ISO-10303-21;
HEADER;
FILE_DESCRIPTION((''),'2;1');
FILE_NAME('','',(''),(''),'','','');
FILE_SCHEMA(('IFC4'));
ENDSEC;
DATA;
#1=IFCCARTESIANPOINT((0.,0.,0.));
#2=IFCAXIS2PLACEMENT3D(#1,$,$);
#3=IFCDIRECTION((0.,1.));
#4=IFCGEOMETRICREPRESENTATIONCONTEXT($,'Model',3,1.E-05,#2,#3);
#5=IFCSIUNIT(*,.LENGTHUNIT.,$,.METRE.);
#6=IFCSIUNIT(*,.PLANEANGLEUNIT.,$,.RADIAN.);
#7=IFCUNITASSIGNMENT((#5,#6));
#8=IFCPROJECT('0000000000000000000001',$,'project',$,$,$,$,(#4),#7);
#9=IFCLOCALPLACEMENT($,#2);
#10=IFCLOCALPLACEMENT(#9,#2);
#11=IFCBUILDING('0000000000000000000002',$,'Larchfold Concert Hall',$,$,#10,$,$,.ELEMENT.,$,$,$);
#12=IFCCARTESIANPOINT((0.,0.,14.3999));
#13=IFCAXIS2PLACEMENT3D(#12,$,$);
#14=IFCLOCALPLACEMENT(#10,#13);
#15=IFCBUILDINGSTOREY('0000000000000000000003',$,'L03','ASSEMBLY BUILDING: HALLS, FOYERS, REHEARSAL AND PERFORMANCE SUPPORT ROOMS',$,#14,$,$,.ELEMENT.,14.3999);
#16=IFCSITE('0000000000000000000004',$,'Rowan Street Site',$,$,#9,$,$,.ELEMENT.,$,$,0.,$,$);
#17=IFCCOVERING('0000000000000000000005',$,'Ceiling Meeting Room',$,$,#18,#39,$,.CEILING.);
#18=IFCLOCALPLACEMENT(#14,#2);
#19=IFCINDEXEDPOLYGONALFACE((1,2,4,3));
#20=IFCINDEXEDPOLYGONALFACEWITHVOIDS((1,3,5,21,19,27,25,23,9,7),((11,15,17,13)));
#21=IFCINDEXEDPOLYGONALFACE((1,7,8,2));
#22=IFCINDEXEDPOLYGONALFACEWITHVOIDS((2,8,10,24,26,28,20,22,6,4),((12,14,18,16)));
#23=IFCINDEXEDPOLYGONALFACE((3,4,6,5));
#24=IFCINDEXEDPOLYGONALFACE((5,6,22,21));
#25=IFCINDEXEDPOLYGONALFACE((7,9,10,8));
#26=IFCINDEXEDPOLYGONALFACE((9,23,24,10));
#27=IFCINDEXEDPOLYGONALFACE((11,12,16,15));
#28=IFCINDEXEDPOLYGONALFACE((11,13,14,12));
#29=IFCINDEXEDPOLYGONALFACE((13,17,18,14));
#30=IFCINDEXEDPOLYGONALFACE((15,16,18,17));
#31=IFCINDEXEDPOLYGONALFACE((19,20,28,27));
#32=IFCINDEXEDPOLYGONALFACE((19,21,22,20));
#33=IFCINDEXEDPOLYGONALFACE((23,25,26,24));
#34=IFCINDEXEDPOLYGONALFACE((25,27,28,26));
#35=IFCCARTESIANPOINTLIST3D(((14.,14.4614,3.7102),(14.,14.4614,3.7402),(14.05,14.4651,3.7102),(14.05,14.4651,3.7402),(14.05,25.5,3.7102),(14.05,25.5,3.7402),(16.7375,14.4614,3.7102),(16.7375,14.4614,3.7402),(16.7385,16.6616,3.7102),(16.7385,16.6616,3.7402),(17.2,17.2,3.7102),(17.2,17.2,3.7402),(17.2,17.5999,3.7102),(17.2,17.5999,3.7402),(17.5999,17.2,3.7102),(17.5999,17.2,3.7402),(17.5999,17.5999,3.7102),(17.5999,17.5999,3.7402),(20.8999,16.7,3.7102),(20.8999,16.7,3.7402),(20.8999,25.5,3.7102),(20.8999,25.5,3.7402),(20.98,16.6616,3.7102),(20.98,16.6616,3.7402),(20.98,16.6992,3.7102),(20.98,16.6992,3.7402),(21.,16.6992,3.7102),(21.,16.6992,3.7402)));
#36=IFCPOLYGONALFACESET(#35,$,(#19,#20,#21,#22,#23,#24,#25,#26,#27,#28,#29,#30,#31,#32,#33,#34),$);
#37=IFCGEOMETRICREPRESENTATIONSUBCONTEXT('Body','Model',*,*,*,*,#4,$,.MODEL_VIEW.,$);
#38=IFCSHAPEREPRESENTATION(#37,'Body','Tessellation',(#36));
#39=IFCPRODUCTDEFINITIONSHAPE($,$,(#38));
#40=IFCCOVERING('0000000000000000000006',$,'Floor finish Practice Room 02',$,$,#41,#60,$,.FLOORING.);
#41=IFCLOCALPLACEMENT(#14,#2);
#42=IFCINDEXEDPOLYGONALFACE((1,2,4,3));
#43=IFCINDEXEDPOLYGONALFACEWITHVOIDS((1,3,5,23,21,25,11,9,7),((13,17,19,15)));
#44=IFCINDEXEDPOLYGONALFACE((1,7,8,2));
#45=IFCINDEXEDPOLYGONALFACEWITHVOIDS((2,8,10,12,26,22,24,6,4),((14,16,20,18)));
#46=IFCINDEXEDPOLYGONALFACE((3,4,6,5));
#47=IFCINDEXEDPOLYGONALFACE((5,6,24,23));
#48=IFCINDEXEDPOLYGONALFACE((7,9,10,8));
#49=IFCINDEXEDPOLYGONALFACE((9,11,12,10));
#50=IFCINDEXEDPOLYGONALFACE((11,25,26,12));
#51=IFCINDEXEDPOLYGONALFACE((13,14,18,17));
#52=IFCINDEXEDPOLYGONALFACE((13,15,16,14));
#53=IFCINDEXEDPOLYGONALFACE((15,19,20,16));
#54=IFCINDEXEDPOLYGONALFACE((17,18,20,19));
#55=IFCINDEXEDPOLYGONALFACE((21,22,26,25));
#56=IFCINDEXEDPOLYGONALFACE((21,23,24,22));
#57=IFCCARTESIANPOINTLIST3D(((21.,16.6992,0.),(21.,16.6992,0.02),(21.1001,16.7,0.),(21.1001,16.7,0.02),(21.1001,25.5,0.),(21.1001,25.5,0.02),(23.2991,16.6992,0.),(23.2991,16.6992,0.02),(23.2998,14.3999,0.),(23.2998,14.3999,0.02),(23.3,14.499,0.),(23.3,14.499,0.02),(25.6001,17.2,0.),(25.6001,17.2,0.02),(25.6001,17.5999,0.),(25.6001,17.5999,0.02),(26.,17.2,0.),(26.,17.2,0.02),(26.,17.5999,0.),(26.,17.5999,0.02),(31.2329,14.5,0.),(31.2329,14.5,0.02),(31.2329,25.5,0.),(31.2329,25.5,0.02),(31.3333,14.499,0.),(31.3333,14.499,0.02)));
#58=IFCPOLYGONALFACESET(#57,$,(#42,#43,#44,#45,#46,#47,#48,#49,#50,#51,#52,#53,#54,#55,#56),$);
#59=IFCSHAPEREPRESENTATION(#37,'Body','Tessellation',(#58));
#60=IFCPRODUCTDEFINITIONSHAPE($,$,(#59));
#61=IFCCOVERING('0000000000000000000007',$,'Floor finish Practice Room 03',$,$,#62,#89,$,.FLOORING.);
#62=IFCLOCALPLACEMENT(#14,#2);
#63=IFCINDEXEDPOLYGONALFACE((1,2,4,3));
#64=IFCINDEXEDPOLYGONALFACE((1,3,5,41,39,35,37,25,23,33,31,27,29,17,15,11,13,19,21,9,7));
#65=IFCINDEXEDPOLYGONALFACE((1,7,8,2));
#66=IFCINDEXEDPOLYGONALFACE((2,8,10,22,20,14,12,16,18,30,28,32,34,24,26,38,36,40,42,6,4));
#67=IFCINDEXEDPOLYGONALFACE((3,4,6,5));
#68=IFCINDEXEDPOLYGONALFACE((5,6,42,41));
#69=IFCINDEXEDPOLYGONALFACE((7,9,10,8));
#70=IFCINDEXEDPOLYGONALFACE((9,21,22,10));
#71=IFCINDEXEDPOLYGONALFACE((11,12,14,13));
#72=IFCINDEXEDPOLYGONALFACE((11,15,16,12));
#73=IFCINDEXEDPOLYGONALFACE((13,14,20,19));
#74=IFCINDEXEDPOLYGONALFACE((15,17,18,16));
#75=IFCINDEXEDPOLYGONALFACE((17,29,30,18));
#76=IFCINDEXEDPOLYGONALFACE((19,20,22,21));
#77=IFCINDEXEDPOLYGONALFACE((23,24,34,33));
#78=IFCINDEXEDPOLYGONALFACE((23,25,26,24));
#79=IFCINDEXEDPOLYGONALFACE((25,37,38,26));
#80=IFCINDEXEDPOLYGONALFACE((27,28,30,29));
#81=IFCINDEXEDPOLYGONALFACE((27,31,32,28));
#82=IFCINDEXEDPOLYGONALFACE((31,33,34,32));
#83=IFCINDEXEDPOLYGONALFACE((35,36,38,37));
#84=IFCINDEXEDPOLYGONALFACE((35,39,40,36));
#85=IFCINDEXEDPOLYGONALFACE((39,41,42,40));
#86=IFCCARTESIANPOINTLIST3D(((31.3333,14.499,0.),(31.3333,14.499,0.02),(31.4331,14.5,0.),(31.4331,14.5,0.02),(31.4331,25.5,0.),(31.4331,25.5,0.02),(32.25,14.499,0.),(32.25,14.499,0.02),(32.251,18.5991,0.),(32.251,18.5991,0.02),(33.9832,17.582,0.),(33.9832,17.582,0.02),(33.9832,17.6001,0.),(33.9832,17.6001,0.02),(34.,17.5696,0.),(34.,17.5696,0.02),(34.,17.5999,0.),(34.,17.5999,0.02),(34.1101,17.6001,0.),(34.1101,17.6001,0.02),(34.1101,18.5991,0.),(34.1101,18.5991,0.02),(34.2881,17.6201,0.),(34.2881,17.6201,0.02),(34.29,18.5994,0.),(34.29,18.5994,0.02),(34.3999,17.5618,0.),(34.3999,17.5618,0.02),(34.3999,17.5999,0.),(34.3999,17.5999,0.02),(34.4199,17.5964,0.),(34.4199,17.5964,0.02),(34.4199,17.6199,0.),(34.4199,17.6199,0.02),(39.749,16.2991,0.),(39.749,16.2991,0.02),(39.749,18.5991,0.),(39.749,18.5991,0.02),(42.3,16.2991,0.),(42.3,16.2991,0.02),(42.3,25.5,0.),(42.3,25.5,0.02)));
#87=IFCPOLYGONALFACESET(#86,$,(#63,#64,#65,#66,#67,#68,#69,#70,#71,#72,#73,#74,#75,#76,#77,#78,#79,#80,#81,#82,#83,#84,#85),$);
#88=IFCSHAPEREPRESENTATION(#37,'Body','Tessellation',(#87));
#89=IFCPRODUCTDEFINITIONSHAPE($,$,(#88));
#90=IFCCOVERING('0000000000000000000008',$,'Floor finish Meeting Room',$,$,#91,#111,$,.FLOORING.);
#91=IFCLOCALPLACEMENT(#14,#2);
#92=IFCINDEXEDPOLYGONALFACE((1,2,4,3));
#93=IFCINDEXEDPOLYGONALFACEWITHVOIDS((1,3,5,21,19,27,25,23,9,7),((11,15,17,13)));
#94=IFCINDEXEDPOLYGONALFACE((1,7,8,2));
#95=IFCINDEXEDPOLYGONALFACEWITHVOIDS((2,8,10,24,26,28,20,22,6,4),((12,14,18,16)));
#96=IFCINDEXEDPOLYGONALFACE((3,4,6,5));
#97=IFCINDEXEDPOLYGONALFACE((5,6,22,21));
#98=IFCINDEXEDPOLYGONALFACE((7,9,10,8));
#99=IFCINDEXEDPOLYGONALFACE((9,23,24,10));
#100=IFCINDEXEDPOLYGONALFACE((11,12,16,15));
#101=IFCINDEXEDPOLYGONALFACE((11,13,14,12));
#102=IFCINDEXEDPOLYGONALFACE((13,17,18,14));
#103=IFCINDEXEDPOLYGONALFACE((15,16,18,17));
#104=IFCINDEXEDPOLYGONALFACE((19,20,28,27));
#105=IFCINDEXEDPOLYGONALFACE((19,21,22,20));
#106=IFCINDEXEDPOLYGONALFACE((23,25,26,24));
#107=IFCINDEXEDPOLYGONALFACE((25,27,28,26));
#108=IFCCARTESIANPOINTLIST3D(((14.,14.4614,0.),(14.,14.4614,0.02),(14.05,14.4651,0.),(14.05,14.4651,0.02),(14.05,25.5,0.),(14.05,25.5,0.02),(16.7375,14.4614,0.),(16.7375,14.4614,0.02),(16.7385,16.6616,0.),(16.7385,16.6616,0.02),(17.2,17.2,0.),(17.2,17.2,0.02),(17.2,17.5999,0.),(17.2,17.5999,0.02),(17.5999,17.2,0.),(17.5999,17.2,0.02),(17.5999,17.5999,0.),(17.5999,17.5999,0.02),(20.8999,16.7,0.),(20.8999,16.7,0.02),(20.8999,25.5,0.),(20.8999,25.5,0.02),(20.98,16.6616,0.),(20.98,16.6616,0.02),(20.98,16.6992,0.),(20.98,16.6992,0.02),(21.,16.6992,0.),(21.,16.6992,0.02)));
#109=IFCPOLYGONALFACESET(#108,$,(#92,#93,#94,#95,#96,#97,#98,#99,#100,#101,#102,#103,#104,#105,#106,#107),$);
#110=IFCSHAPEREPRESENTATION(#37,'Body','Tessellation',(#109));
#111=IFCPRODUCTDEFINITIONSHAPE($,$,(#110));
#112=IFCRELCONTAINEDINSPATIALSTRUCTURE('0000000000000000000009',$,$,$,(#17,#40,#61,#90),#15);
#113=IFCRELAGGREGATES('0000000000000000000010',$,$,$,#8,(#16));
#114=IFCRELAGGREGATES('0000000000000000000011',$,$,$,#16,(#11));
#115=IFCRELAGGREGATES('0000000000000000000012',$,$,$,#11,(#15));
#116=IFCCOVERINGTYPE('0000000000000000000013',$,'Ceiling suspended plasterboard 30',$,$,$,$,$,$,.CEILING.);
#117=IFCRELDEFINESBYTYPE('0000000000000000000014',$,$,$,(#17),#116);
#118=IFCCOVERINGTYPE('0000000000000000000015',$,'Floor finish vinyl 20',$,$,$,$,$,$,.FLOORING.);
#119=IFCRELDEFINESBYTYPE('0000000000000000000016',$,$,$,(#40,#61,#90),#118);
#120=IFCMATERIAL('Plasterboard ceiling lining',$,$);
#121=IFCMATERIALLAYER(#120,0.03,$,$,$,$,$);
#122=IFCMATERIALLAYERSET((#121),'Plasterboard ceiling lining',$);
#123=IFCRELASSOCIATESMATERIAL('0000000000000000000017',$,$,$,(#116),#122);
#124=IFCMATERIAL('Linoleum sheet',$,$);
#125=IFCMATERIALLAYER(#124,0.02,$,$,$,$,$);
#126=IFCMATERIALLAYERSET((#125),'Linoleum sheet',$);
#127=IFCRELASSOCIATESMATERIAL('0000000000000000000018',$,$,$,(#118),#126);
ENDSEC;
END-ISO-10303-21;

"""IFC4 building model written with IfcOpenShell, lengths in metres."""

from ifc_helpers import new_model, si_unit, direction, frame, origin, place, context, subcontext, project, spatial, polyline, outline, extrude, material, layer, layer_set, type_object, element, save


model = new_model("IFC4")

# Units and contexts
model_context = context("Model", 3, precision=1e-05, world=origin(), true_north=direction((0.0, 1.0)))
body_context = subcontext(model_context, "Body", "Model", "MODEL_VIEW")
ifc_project = project(units=[si_unit("LENGTHUNIT", "METRE"), si_unit("PLANEANGLEUNIT", "RADIAN")], contexts=[model_context])

# Site, building, storey
site_placement = place(None, origin())
site = spatial("IfcSite", under=ifc_project, at=site_placement, Name="Rowan Street Site", CompositionType="ELEMENT", RefElevation=0.0)
building_placement = place(site_placement, origin())
building = spatial("IfcBuilding", under=site, at=building_placement, Name="Larchfold Concert Hall", CompositionType="ELEMENT")
storey_placement = place(building_placement, frame((0.0, 0.0, 14.3999)))
storey = spatial("IfcBuildingStorey", under=building, at=storey_placement, Name="L03", Description="ASSEMBLY BUILDING: HALLS, FOYERS, REHEARSAL AND PERFORMANCE SUPPORT ROOMS", CompositionType="ELEMENT", Elevation=14.3999)

# Coverings
ifc_material_1 = material(Name="Plasterboard ceiling lining")
ifc_layer_1 = layer(ifc_material_1, 0.03)
ifc_layer_set_1 = layer_set([ifc_layer_1], Name="Plasterboard ceiling lining")
covering_type_1 = type_object("IfcCoveringType", Name="Ceiling suspended plasterboard 30", PredefinedType="CEILING", material=ifc_layer_set_1)
covering_1_placement = place(storey_placement, frame((0.0, 0.0, 3.7102)))
element("IfcCovering", 1, at=covering_1_placement, inside=storey, type_object=covering_type_1, Name="Ceiling Meeting Room", PredefinedType="CEILING", context=body_context, shape_type="SweptSolid", body=[
    extrude(outline(polyline([(14.0, 14.4614), (16.7375, 14.4614), (16.7385, 16.6616), (20.98, 16.6616), (20.98, 16.6992), (21.0, 16.6992), (20.8999, 16.7), (20.8999, 25.5), (14.05, 25.5), (14.05, 14.4651), (14.0, 14.4614)]), holes=[polyline([(17.2, 17.5999), (17.5999, 17.5999), (17.5999, 17.2), (17.2, 17.2), (17.2, 17.5999)])]), origin(), (0.0, 0.0, 1.0), 0.03),
])
ifc_material_2 = material(Name="Linoleum sheet")
ifc_layer_2 = layer(ifc_material_2, 0.02)
ifc_layer_set_2 = layer_set([ifc_layer_2], Name="Linoleum sheet")
covering_type_2 = type_object("IfcCoveringType", Name="Floor finish vinyl 20", PredefinedType="FLOORING", material=ifc_layer_set_2)
covering_2_placement = place(storey_placement, origin())
element("IfcCovering", 2, at=covering_2_placement, inside=storey, type_object=covering_type_2, Name="Floor finish Practice Room 02", PredefinedType="FLOORING", context=body_context, shape_type="SweptSolid", body=[
    extrude(outline(polyline([(23.2998, 14.3999), (23.3, 14.499), (31.3333, 14.499), (31.2329, 14.5), (31.2329, 25.5), (21.1001, 25.5), (21.1001, 16.7), (21.0, 16.6992), (23.2991, 16.6992), (23.2998, 14.3999)]), holes=[polyline([(26.0, 17.5999), (26.0, 17.2), (25.6001, 17.2), (25.6001, 17.5999), (26.0, 17.5999)])]), origin(), (0.0, 0.0, 1.0), 0.02),
])
covering_3_placement = place(storey_placement, origin())
element("IfcCovering", 3, at=covering_3_placement, inside=storey, type_object=covering_type_2, Name="Floor finish Practice Room 03", PredefinedType="FLOORING", context=body_context, shape_type="SweptSolid", body=[
    extrude(outline(polyline([(31.3333, 14.499), (32.25, 14.499), (32.251, 18.5991), (34.1101, 18.5991), (34.1101, 17.6001), (33.9832, 17.6001), (33.9832, 17.582), (34.0, 17.5696), (34.0, 17.5999), (34.3999, 17.5999), (34.3999, 17.5618), (34.4199, 17.5964), (34.4199, 17.6199), (34.2881, 17.6201), (34.29, 18.5994), (39.749, 18.5991), (39.749, 16.2991), (42.3, 16.2991), (42.3, 25.5), (31.4331, 25.5), (31.4331, 14.5), (31.3333, 14.499)])), origin(), (0.0, 0.0, 1.0), 0.02),
])
covering_4_placement = place(storey_placement, origin())
element("IfcCovering", 4, at=covering_4_placement, inside=storey, type_object=covering_type_2, Name="Floor finish Meeting Room", PredefinedType="FLOORING", context=body_context, shape_type="SweptSolid", body=[
    extrude(outline(polyline([(14.0, 14.4614), (16.7375, 14.4614), (16.7385, 16.6616), (20.98, 16.6616), (20.98, 16.6992), (21.0, 16.6992), (20.8999, 16.7), (20.8999, 25.5), (14.05, 25.5), (14.05, 14.4651), (14.0, 14.4614)]), holes=[polyline([(17.2, 17.5999), (17.5999, 17.5999), (17.5999, 17.2), (17.2, 17.2), (17.2, 17.5999)])]), origin(), (0.0, 0.0, 1.0), 0.02),
])

save(model, "model.ifc")
